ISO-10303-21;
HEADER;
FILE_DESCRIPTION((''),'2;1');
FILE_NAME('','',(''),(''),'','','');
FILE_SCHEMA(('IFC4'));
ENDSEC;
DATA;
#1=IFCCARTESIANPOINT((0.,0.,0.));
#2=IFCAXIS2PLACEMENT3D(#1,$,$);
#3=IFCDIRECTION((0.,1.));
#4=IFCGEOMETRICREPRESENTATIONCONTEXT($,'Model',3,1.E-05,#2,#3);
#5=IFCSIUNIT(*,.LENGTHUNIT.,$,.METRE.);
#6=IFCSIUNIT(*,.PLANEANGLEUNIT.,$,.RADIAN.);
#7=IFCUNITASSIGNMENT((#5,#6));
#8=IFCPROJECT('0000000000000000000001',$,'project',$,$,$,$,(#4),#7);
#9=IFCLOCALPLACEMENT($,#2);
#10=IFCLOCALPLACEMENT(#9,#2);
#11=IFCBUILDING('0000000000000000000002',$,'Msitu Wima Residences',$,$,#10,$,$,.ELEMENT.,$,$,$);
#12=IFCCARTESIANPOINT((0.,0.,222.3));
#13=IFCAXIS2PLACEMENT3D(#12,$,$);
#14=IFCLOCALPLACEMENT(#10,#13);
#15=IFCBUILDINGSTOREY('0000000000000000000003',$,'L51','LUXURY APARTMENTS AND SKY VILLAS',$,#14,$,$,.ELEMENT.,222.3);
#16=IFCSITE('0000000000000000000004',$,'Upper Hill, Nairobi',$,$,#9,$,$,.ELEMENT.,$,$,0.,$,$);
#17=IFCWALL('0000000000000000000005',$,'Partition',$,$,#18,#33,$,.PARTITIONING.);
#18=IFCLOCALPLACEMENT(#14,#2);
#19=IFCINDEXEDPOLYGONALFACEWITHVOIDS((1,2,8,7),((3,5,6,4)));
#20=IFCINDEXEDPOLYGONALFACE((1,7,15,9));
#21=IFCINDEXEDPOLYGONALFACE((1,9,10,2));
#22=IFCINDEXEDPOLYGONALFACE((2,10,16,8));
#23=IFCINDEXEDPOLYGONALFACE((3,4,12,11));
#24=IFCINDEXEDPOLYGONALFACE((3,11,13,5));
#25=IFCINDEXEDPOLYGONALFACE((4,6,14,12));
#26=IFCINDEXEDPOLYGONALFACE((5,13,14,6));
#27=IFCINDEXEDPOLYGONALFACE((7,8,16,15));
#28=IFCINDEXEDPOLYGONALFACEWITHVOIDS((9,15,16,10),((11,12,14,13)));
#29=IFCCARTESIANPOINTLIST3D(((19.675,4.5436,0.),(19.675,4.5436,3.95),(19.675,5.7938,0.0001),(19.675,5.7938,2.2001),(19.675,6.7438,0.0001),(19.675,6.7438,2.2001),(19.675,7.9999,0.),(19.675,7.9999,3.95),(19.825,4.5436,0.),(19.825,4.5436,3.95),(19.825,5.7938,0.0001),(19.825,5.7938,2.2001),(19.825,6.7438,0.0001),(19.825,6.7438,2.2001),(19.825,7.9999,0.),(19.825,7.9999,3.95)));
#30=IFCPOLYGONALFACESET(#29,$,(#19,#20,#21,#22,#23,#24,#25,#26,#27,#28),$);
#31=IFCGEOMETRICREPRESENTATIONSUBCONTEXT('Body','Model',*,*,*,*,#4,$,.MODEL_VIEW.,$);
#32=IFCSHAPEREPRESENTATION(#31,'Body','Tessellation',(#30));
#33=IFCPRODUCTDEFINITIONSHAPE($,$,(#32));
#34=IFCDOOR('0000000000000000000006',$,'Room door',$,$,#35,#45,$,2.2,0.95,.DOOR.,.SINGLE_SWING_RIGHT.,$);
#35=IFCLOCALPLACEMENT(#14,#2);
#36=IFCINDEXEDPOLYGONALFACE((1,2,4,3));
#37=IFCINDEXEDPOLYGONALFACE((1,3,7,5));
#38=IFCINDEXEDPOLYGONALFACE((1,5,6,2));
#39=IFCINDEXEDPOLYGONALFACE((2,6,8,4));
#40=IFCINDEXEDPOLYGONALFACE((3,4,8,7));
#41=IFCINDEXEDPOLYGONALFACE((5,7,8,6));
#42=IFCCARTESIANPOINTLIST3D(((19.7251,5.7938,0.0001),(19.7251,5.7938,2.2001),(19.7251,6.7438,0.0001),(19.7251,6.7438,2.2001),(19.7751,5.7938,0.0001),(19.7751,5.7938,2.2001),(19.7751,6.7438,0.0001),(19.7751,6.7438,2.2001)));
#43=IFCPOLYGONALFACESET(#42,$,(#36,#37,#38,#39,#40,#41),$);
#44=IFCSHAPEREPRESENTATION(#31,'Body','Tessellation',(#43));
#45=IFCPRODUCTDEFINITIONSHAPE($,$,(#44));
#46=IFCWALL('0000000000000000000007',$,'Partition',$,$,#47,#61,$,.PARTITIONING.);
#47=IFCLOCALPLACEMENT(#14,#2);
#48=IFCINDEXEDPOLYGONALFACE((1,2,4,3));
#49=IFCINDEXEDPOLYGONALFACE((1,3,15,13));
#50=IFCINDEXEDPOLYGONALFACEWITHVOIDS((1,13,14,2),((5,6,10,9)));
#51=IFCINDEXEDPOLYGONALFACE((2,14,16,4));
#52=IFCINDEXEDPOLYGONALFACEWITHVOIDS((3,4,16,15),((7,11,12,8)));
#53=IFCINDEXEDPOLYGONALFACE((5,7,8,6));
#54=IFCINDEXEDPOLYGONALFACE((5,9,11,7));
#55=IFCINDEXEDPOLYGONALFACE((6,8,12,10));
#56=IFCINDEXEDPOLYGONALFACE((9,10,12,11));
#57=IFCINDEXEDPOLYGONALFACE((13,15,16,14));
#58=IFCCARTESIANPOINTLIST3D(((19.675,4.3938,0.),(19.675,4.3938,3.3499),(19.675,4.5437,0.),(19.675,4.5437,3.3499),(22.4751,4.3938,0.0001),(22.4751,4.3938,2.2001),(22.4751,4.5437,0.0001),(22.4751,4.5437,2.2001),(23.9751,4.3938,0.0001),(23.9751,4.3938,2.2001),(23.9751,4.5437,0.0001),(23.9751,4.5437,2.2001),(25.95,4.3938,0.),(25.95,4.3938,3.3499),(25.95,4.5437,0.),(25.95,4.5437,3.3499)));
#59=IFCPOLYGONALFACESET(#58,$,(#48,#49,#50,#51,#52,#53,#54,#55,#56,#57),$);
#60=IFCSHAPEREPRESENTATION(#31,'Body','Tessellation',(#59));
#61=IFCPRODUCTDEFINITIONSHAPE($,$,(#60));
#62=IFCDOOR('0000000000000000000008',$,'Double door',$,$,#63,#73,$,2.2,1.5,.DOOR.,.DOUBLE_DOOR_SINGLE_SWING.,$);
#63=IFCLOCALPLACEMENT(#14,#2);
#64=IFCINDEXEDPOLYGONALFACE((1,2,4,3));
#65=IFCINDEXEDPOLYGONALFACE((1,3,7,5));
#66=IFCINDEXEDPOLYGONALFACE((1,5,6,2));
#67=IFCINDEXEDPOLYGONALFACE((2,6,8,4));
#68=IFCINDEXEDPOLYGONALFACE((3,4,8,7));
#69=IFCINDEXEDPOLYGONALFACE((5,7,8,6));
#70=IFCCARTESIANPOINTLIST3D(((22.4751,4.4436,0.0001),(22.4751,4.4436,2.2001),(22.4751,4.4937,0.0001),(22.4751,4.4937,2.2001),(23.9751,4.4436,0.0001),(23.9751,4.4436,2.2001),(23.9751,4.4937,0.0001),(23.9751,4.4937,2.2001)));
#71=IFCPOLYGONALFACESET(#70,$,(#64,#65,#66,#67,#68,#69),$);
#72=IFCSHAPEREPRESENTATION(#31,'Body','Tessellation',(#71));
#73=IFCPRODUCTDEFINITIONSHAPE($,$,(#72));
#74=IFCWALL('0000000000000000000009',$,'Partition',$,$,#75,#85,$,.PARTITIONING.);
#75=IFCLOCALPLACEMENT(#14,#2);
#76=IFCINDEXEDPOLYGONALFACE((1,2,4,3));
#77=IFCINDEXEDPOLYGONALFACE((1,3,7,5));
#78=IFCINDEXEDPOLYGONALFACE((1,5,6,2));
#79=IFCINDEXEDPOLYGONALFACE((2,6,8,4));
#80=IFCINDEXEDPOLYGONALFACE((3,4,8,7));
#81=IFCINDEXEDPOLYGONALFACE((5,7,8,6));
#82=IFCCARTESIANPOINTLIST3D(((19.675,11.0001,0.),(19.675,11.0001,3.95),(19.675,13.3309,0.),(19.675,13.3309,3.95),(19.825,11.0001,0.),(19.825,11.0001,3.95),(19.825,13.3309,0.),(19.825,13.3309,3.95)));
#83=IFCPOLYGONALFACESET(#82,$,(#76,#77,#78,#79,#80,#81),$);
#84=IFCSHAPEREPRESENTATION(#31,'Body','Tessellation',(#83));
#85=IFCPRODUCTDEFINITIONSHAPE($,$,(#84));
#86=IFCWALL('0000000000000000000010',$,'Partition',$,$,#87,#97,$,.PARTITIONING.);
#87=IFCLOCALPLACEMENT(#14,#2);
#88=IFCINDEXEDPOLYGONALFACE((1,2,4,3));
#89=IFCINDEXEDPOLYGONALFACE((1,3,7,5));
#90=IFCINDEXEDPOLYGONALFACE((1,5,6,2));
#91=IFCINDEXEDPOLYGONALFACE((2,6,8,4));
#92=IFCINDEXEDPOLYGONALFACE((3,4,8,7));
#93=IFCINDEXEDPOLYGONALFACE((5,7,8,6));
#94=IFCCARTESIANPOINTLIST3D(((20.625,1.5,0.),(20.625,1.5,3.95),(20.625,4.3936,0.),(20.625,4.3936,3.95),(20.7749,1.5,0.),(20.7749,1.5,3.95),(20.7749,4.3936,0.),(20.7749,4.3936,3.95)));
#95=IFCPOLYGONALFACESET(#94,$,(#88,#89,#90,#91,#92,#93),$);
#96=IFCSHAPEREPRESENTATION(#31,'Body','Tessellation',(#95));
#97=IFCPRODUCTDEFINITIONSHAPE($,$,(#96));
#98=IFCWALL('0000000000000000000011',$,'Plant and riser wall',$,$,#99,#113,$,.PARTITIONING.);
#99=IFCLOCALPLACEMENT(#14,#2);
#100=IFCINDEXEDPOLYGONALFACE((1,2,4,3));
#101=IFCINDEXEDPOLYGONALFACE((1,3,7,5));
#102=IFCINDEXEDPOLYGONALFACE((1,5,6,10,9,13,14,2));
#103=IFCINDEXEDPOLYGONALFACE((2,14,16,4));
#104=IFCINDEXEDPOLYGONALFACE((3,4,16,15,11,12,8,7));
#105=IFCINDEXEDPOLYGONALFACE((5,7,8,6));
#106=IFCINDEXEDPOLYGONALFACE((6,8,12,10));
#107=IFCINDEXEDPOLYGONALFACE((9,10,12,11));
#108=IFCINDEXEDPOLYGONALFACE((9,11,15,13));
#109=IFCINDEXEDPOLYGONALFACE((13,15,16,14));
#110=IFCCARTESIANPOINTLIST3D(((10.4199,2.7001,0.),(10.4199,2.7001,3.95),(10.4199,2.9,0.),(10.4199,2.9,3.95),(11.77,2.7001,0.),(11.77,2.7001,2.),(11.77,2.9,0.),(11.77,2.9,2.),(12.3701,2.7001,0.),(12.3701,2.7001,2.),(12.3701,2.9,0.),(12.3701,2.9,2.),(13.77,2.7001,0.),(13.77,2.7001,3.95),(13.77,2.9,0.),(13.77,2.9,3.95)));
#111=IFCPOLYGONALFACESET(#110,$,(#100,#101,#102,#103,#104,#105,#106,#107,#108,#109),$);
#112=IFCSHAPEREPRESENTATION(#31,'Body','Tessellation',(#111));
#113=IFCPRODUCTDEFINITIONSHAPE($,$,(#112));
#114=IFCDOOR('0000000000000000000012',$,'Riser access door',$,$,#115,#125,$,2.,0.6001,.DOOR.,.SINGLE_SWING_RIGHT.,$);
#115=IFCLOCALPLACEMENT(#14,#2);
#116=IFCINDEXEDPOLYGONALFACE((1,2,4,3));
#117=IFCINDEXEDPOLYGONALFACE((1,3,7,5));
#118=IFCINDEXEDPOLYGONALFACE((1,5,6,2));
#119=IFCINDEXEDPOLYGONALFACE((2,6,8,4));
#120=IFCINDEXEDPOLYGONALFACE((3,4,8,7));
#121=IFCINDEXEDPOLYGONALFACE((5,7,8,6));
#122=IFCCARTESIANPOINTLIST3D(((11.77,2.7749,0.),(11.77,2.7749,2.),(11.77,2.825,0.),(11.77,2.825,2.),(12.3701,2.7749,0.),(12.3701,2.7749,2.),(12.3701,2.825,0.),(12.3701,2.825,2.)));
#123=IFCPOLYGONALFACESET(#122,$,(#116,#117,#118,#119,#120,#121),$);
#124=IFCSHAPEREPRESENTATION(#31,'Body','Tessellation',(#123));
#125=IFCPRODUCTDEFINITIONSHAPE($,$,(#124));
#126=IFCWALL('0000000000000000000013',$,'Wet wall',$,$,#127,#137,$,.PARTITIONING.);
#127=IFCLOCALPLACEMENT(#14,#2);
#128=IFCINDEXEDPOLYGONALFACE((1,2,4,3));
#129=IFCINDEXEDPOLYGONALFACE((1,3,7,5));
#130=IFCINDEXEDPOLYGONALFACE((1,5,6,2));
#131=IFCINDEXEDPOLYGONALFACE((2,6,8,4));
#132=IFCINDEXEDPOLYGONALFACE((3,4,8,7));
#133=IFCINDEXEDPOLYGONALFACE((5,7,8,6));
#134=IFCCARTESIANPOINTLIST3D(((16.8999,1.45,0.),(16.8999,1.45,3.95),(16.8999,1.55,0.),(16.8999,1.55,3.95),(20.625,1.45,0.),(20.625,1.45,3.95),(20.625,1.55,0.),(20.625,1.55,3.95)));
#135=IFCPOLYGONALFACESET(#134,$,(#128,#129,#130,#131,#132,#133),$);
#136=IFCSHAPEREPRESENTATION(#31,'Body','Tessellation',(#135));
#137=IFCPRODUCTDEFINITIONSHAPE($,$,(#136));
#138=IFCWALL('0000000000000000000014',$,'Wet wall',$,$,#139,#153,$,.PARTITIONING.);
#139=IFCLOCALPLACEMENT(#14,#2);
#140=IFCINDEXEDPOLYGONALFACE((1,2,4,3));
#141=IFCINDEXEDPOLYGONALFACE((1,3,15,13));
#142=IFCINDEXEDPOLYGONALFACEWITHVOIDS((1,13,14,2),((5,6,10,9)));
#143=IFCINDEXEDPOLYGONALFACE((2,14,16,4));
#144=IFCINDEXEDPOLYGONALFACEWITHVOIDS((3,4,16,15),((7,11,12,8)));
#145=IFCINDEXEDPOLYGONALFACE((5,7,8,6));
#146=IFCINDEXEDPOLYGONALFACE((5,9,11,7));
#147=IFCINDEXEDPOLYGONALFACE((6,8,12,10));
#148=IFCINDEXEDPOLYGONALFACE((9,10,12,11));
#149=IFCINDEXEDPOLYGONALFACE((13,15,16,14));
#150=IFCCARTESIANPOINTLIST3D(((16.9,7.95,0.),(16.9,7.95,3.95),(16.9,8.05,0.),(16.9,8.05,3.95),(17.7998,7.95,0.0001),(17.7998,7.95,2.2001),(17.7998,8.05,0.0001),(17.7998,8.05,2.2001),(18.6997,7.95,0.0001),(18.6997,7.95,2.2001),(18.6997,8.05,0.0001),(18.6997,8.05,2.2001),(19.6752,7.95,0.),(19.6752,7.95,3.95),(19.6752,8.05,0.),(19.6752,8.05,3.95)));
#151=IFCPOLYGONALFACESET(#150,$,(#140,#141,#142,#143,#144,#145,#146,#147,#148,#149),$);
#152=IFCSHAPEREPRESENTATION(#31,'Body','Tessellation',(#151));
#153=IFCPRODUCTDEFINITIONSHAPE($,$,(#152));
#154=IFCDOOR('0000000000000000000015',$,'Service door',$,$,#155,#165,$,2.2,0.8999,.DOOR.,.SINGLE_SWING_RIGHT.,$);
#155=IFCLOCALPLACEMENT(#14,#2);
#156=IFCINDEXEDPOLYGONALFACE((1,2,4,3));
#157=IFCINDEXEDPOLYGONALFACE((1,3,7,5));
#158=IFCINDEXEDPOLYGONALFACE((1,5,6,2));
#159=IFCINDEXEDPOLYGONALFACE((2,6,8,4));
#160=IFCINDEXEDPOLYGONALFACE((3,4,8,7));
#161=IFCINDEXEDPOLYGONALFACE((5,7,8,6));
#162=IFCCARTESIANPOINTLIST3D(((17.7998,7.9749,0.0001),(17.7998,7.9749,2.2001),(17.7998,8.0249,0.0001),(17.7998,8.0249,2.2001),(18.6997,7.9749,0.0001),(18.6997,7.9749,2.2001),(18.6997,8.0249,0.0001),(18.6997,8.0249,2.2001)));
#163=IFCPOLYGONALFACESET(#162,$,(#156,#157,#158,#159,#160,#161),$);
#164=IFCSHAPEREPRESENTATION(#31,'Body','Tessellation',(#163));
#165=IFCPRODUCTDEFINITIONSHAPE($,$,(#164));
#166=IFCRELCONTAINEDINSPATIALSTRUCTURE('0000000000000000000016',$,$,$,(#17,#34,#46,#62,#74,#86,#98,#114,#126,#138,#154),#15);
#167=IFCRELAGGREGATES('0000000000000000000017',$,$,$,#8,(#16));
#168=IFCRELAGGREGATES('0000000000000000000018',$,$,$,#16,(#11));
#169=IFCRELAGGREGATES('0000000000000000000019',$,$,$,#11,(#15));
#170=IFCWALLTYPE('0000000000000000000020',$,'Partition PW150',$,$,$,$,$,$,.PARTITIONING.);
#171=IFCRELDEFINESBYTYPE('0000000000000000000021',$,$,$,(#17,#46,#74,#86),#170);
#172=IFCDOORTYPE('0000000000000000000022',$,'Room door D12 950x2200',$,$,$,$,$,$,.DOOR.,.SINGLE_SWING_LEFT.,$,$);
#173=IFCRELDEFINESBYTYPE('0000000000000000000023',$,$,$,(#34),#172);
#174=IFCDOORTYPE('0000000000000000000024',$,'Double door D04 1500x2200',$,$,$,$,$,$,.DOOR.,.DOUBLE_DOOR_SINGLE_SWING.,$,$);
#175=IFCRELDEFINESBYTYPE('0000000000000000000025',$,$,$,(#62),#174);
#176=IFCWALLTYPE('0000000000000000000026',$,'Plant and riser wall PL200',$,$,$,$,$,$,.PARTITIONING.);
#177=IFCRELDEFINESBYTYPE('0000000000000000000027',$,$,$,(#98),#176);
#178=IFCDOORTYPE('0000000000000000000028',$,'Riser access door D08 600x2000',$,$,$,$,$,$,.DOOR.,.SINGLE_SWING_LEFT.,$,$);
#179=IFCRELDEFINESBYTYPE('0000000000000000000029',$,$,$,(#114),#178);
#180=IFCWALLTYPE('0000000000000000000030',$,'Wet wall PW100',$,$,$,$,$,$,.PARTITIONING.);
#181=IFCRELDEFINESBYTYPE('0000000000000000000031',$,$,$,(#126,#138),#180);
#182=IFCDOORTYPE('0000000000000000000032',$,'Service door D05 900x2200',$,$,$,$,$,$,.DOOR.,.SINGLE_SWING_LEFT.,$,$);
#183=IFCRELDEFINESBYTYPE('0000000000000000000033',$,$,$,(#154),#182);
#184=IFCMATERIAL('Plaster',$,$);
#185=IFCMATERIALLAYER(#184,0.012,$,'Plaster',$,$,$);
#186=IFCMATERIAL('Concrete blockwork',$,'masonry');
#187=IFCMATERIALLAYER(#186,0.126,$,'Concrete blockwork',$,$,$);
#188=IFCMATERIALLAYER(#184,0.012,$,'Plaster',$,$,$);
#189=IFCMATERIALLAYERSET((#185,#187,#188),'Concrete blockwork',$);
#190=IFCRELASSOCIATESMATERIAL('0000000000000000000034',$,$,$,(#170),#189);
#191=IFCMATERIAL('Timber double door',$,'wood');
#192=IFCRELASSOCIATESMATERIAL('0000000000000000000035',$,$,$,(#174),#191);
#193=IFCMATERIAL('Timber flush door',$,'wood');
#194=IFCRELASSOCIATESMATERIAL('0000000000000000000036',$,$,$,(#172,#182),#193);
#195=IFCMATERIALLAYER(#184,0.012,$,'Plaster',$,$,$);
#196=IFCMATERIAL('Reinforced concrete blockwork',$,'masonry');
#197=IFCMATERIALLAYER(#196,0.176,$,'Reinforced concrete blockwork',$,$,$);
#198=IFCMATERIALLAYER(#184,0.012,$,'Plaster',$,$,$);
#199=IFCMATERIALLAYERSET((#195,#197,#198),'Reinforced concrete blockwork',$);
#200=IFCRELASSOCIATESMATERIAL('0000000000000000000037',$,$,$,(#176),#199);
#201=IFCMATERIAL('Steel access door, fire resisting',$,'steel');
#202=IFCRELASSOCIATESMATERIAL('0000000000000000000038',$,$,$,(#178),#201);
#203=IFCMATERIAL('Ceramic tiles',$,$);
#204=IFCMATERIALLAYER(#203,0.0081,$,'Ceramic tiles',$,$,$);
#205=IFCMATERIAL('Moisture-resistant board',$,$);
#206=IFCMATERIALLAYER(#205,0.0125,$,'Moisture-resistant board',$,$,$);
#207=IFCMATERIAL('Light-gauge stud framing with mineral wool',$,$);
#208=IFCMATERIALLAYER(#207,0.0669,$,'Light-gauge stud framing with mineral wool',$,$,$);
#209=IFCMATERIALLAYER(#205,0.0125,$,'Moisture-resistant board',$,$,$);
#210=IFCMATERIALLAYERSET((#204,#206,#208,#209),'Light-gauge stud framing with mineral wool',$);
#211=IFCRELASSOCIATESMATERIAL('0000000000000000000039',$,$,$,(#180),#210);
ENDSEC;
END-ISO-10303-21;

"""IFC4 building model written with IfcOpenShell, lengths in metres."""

from ifc_helpers import new_model, si_unit, direction, frame, frame_2d, origin, place, context, subcontext, project, spatial, rectangle, extrude, material, layer, layer_set, type_object, element, fill, save


model = new_model("IFC4")

# Units and contexts
model_context = context("Model", 3, precision=1e-05, world=origin(), true_north=direction((0.0, 1.0)))
body_context = subcontext(model_context, "Body", "Model", "MODEL_VIEW")
ifc_project = project(units=[si_unit("LENGTHUNIT", "METRE"), si_unit("PLANEANGLEUNIT", "RADIAN")], contexts=[model_context])

# Site, building, storey
site_placement = place(None, origin())
site = spatial("IfcSite", under=ifc_project, at=site_placement, Name="Upper Hill, Nairobi", CompositionType="ELEMENT", RefElevation=0.0)
building_placement = place(site_placement, origin())
building = spatial("IfcBuilding", under=site, at=building_placement, Name="Msitu Wima Residences", CompositionType="ELEMENT")
storey_placement = place(building_placement, frame((0.0, 0.0, 222.3)))
storey = spatial("IfcBuildingStorey", under=building, at=storey_placement, Name="L51", Description="LUXURY APARTMENTS AND SKY VILLAS", CompositionType="ELEMENT", Elevation=222.3)

# Walls, openings, doors
ifc_material_1 = material(Name="Plaster")
ifc_layer_1 = layer(ifc_material_1, 0.012, Name="Plaster")
ifc_material_2 = material(Name="Concrete blockwork", Category="masonry")
ifc_layer_2 = layer(ifc_material_2, 0.126, Name="Concrete blockwork")
ifc_layer_3 = layer(ifc_material_1, 0.012, Name="Plaster")
ifc_layer_set_1 = layer_set([ifc_layer_1, ifc_layer_2, ifc_layer_3], Name="Concrete blockwork")
wall_type_1 = type_object("IfcWallType", Name="Partition PW150", PredefinedType="PARTITIONING", material=ifc_layer_set_1)
ifc_material_3 = material(Name="Timber double door", Category="wood")
door_type_1 = type_object("IfcDoorType", Name="Double door D04 1500x2200", OperationType="DOUBLE_DOOR_SINGLE_SWING", PredefinedType="DOOR", material=ifc_material_3)
wall_1_placement = place(storey_placement, frame((19.75, 4.5437, 0.0), z_axis=(0.0, 0.0, 1.0), x_axis=(0.0, 1.0, 0.0)))
wall_1 = element("IfcWall", 1, at=wall_1_placement, inside=storey, type_object=wall_type_1, Name="Partition", PredefinedType="PARTITIONING", context=body_context, shape_type="SweptSolid", body=[
    extrude(rectangle(XDim=3.4563, YDim=0.1499, at=frame_2d((1.728, 0.0))), origin(), (0.0, 0.0, 1.0), 3.95),
])
opening_1_placement = place(wall_1_placement, frame((1.25, 0.0, 0.0)))
opening_1 = element("IfcOpeningElement", 2, at=opening_1_placement, cuts=wall_1, PredefinedType="OPENING", context=body_context, shape_type="SweptSolid", body=[
    extrude(rectangle(XDim=0.95, YDim=2.2, at=frame_2d((0.4751, 1.1001))), frame((0.0, 0.085, 0.0), z_axis=(0.0, -1.0, 0.0), x_axis=(1.0, 0.0, 0.0)), (0.0, 0.0, 1.0), 0.1699),
])
ifc_material_4 = material(Name="Timber flush door", Category="wood")
door_type_2 = type_object("IfcDoorType", Name="Room door D12 950x2200", OperationType="SINGLE_SWING_LEFT", PredefinedType="DOOR", material=ifc_material_4)
door_1_placement = place(opening_1_placement, origin())
door_1 = element("IfcDoor", 3, at=door_1_placement, inside=storey, type_object=door_type_2, Name="Room door", OperationType="SINGLE_SWING_RIGHT", OverallHeight=2.2, OverallWidth=0.95, PredefinedType="DOOR", context=body_context, shape_type="SweptSolid", body=[
    extrude(rectangle(XDim=0.95, YDim=2.2, at=frame_2d((0.4751, 1.1001))), frame((0.0, 0.0249, 0.0), z_axis=(0.0, -1.0, 0.0), x_axis=(1.0, 0.0, 0.0)), (0.0, 0.0, 1.0), 0.05),
])
fill(opening_1, door_1)
wall_2_placement = place(storey_placement, frame((19.675, 4.4688, 0.0), z_axis=(0.0, 0.0, 1.0), x_axis=(1.0, 0.0, 0.0)))
wall_2 = element("IfcWall", 4, at=wall_2_placement, inside=storey, type_object=wall_type_1, Name="Partition", PredefinedType="PARTITIONING", context=body_context, shape_type="SweptSolid", body=[
    extrude(rectangle(XDim=6.2749, YDim=0.1499, at=frame_2d((3.1375, 0.0))), origin(), (0.0, 0.0, 1.0), 3.3499),
])
opening_2_placement = place(wall_2_placement, frame((2.8, 0.0, 0.0)))
opening_2 = element("IfcOpeningElement", 5, at=opening_2_placement, cuts=wall_2, PredefinedType="OPENING", context=body_context, shape_type="SweptSolid", body=[
    extrude(rectangle(XDim=1.5, YDim=2.2, at=frame_2d((0.75, 1.1001))), frame((0.0, 0.085, 0.0), z_axis=(0.0, -1.0, 0.0), x_axis=(1.0, 0.0, 0.0)), (0.0, 0.0, 1.0), 0.1699),
])
door_2_placement = place(opening_2_placement, origin())
door_2 = element("IfcDoor", 6, at=door_2_placement, inside=storey, type_object=door_type_1, Name="Double door", OperationType="DOUBLE_DOOR_SINGLE_SWING", OverallHeight=2.2, OverallWidth=1.5, PredefinedType="DOOR", context=body_context, shape_type="SweptSolid", body=[
    extrude(rectangle(XDim=1.5, YDim=2.2, at=frame_2d((0.75, 1.1001))), frame((0.0, 0.0249, 0.0), z_axis=(0.0, -1.0, 0.0), x_axis=(1.0, 0.0, 0.0)), (0.0, 0.0, 1.0), 0.05),
])
fill(opening_2, door_2)

# Walls
wall_3_placement = place(storey_placement, frame((19.75, 11.0, 0.0), z_axis=(0.0, 0.0, 1.0), x_axis=(0.0, 1.0, 0.0)))
element("IfcWall", 7, at=wall_3_placement, inside=storey, type_object=wall_type_1, Name="Partition", PredefinedType="PARTITIONING", context=body_context, shape_type="SweptSolid", body=[
    extrude(rectangle(XDim=2.3308, YDim=0.1499, at=frame_2d((1.1655, 0.0))), origin(), (0.0, 0.0, 1.0), 3.95),
])
wall_4_placement = place(storey_placement, frame((20.7, 1.5, 0.0), z_axis=(0.0, 0.0, 1.0), x_axis=(0.0, 1.0, 0.0)))
element("IfcWall", 8, at=wall_4_placement, inside=storey, type_object=wall_type_1, Name="Partition", PredefinedType="PARTITIONING", context=body_context, shape_type="SweptSolid", body=[
    extrude(rectangle(XDim=2.8936, YDim=0.1499, at=frame_2d((1.4468, 0.0))), origin(), (0.0, 0.0, 1.0), 3.95),
])

# Wall, opening, door
ifc_layer_4 = layer(ifc_material_1, 0.012, Name="Plaster")
ifc_material_5 = material(Name="Reinforced concrete blockwork", Category="masonry")
ifc_layer_5 = layer(ifc_material_5, 0.176, Name="Reinforced concrete blockwork")
ifc_layer_6 = layer(ifc_material_1, 0.012, Name="Plaster")
ifc_layer_set_2 = layer_set([ifc_layer_4, ifc_layer_5, ifc_layer_6], Name="Reinforced concrete blockwork")
wall_type_2 = type_object("IfcWallType", Name="Plant and riser wall PL200", PredefinedType="PARTITIONING", material=ifc_layer_set_2)
wall_5_placement = place(storey_placement, frame((10.4199, 2.8, 0.0), z_axis=(0.0, 0.0, 1.0), x_axis=(1.0, 0.0, 0.0)))
wall_5 = element("IfcWall", 9, at=wall_5_placement, inside=storey, type_object=wall_type_2, Name="Plant and riser wall", PredefinedType="PARTITIONING", context=body_context, shape_type="SweptSolid", body=[
    extrude(rectangle(XDim=3.3501, YDim=0.2, at=frame_2d((1.675, 0.0))), origin(), (0.0, 0.0, 1.0), 3.95),
])
opening_3_placement = place(wall_5_placement, frame((1.3501, 0.0, 0.0)))
opening_3 = element("IfcOpeningElement", 10, at=opening_3_placement, cuts=wall_5, PredefinedType="OPENING", context=body_context, shape_type="SweptSolid", body=[
    extrude(rectangle(XDim=0.6001, YDim=2.0, at=frame_2d((0.3, 1.0))), frame((0.0, 0.1099, 0.0), z_axis=(0.0, -1.0, 0.0), x_axis=(1.0, 0.0, 0.0)), (0.0, 0.0, 1.0), 0.22),
])
ifc_material_6 = material(Name="Steel access door, fire resisting", Category="steel")
door_type_3 = type_object("IfcDoorType", Name="Riser access door D08 600x2000", OperationType="SINGLE_SWING_LEFT", PredefinedType="DOOR", material=ifc_material_6)
door_3_placement = place(opening_3_placement, origin())
door_3 = element("IfcDoor", 11, at=door_3_placement, inside=storey, type_object=door_type_3, Name="Riser access door", OperationType="SINGLE_SWING_RIGHT", OverallHeight=2.0, OverallWidth=0.6001, PredefinedType="DOOR", context=body_context, shape_type="SweptSolid", body=[
    extrude(rectangle(XDim=0.6001, YDim=2.0, at=frame_2d((0.3, 1.0))), frame((0.0, 0.0249, 0.0), z_axis=(0.0, -1.0, 0.0), x_axis=(1.0, 0.0, 0.0)), (0.0, 0.0, 1.0), 0.05),
])
fill(opening_3, door_3)

# Wall
ifc_material_7 = material(Name="Ceramic tiles")
ifc_layer_7 = layer(ifc_material_7, 0.0081, Name="Ceramic tiles")
ifc_material_8 = material(Name="Moisture-resistant board")
ifc_layer_8 = layer(ifc_material_8, 0.0125, Name="Moisture-resistant board")
ifc_material_9 = material(Name="Light-gauge stud framing with mineral wool")
ifc_layer_9 = layer(ifc_material_9, 0.0669, Name="Light-gauge stud framing with mineral wool")
ifc_layer_10 = layer(ifc_material_8, 0.0125, Name="Moisture-resistant board")
ifc_layer_set_3 = layer_set([ifc_layer_7, ifc_layer_8, ifc_layer_9, ifc_layer_10], Name="Light-gauge stud framing with mineral wool")
wall_type_3 = type_object("IfcWallType", Name="Wet wall PW100", PredefinedType="PARTITIONING", material=ifc_layer_set_3)
wall_6_placement = place(storey_placement, frame((16.8999, 1.5, 0.0), z_axis=(0.0, 0.0, 1.0), x_axis=(1.0, 0.0, 0.0)))
element("IfcWall", 12, at=wall_6_placement, inside=storey, type_object=wall_type_3, Name="Wet wall", PredefinedType="PARTITIONING", context=body_context, shape_type="SweptSolid", body=[
    extrude(rectangle(XDim=3.7251, YDim=0.1001, at=frame_2d((1.8625, 0.0))), origin(), (0.0, 0.0, 1.0), 3.95),
])

# Wall, opening, door
wall_7_placement = place(storey_placement, frame((16.8999, 8.0, 0.0), z_axis=(0.0, 0.0, 1.0), x_axis=(1.0, 0.0, 0.0)))
wall_7 = element("IfcWall", 13, at=wall_7_placement, inside=storey, type_object=wall_type_3, Name="Wet wall", PredefinedType="PARTITIONING", context=body_context, shape_type="SweptSolid", body=[
    extrude(rectangle(XDim=2.7751, YDim=0.1001, at=frame_2d((1.3877, 0.0))), origin(), (0.0, 0.0, 1.0), 3.95),
])
opening_4_placement = place(wall_7_placement, frame((0.8999, 0.0, 0.0)))
opening_4 = element("IfcOpeningElement", 14, at=opening_4_placement, cuts=wall_7, PredefinedType="OPENING", context=body_context, shape_type="SweptSolid", body=[
    extrude(rectangle(XDim=0.8999, YDim=2.2, at=frame_2d((0.45, 1.1001))), frame((0.0, 0.0601, 0.0), z_axis=(0.0, -1.0, 0.0), x_axis=(1.0, 0.0, 0.0)), (0.0, 0.0, 1.0), 0.1201),
])
door_type_4 = type_object("IfcDoorType", Name="Service door D05 900x2200", OperationType="SINGLE_SWING_LEFT", PredefinedType="DOOR", material=ifc_material_4)
door_4_placement = place(opening_4_placement, origin())
door_4 = element("IfcDoor", 15, at=door_4_placement, inside=storey, type_object=door_type_4, Name="Service door", OperationType="SINGLE_SWING_RIGHT", OverallHeight=2.2, OverallWidth=0.8999, PredefinedType="DOOR", context=body_context, shape_type="SweptSolid", body=[
    extrude(rectangle(XDim=0.8999, YDim=2.2, at=frame_2d((0.45, 1.1001))), frame((0.0, 0.0249, 0.0), z_axis=(0.0, -1.0, 0.0), x_axis=(1.0, 0.0, 0.0)), (0.0, 0.0, 1.0), 0.05),
])
fill(opening_4, door_4)

save(model, "model.ifc")
